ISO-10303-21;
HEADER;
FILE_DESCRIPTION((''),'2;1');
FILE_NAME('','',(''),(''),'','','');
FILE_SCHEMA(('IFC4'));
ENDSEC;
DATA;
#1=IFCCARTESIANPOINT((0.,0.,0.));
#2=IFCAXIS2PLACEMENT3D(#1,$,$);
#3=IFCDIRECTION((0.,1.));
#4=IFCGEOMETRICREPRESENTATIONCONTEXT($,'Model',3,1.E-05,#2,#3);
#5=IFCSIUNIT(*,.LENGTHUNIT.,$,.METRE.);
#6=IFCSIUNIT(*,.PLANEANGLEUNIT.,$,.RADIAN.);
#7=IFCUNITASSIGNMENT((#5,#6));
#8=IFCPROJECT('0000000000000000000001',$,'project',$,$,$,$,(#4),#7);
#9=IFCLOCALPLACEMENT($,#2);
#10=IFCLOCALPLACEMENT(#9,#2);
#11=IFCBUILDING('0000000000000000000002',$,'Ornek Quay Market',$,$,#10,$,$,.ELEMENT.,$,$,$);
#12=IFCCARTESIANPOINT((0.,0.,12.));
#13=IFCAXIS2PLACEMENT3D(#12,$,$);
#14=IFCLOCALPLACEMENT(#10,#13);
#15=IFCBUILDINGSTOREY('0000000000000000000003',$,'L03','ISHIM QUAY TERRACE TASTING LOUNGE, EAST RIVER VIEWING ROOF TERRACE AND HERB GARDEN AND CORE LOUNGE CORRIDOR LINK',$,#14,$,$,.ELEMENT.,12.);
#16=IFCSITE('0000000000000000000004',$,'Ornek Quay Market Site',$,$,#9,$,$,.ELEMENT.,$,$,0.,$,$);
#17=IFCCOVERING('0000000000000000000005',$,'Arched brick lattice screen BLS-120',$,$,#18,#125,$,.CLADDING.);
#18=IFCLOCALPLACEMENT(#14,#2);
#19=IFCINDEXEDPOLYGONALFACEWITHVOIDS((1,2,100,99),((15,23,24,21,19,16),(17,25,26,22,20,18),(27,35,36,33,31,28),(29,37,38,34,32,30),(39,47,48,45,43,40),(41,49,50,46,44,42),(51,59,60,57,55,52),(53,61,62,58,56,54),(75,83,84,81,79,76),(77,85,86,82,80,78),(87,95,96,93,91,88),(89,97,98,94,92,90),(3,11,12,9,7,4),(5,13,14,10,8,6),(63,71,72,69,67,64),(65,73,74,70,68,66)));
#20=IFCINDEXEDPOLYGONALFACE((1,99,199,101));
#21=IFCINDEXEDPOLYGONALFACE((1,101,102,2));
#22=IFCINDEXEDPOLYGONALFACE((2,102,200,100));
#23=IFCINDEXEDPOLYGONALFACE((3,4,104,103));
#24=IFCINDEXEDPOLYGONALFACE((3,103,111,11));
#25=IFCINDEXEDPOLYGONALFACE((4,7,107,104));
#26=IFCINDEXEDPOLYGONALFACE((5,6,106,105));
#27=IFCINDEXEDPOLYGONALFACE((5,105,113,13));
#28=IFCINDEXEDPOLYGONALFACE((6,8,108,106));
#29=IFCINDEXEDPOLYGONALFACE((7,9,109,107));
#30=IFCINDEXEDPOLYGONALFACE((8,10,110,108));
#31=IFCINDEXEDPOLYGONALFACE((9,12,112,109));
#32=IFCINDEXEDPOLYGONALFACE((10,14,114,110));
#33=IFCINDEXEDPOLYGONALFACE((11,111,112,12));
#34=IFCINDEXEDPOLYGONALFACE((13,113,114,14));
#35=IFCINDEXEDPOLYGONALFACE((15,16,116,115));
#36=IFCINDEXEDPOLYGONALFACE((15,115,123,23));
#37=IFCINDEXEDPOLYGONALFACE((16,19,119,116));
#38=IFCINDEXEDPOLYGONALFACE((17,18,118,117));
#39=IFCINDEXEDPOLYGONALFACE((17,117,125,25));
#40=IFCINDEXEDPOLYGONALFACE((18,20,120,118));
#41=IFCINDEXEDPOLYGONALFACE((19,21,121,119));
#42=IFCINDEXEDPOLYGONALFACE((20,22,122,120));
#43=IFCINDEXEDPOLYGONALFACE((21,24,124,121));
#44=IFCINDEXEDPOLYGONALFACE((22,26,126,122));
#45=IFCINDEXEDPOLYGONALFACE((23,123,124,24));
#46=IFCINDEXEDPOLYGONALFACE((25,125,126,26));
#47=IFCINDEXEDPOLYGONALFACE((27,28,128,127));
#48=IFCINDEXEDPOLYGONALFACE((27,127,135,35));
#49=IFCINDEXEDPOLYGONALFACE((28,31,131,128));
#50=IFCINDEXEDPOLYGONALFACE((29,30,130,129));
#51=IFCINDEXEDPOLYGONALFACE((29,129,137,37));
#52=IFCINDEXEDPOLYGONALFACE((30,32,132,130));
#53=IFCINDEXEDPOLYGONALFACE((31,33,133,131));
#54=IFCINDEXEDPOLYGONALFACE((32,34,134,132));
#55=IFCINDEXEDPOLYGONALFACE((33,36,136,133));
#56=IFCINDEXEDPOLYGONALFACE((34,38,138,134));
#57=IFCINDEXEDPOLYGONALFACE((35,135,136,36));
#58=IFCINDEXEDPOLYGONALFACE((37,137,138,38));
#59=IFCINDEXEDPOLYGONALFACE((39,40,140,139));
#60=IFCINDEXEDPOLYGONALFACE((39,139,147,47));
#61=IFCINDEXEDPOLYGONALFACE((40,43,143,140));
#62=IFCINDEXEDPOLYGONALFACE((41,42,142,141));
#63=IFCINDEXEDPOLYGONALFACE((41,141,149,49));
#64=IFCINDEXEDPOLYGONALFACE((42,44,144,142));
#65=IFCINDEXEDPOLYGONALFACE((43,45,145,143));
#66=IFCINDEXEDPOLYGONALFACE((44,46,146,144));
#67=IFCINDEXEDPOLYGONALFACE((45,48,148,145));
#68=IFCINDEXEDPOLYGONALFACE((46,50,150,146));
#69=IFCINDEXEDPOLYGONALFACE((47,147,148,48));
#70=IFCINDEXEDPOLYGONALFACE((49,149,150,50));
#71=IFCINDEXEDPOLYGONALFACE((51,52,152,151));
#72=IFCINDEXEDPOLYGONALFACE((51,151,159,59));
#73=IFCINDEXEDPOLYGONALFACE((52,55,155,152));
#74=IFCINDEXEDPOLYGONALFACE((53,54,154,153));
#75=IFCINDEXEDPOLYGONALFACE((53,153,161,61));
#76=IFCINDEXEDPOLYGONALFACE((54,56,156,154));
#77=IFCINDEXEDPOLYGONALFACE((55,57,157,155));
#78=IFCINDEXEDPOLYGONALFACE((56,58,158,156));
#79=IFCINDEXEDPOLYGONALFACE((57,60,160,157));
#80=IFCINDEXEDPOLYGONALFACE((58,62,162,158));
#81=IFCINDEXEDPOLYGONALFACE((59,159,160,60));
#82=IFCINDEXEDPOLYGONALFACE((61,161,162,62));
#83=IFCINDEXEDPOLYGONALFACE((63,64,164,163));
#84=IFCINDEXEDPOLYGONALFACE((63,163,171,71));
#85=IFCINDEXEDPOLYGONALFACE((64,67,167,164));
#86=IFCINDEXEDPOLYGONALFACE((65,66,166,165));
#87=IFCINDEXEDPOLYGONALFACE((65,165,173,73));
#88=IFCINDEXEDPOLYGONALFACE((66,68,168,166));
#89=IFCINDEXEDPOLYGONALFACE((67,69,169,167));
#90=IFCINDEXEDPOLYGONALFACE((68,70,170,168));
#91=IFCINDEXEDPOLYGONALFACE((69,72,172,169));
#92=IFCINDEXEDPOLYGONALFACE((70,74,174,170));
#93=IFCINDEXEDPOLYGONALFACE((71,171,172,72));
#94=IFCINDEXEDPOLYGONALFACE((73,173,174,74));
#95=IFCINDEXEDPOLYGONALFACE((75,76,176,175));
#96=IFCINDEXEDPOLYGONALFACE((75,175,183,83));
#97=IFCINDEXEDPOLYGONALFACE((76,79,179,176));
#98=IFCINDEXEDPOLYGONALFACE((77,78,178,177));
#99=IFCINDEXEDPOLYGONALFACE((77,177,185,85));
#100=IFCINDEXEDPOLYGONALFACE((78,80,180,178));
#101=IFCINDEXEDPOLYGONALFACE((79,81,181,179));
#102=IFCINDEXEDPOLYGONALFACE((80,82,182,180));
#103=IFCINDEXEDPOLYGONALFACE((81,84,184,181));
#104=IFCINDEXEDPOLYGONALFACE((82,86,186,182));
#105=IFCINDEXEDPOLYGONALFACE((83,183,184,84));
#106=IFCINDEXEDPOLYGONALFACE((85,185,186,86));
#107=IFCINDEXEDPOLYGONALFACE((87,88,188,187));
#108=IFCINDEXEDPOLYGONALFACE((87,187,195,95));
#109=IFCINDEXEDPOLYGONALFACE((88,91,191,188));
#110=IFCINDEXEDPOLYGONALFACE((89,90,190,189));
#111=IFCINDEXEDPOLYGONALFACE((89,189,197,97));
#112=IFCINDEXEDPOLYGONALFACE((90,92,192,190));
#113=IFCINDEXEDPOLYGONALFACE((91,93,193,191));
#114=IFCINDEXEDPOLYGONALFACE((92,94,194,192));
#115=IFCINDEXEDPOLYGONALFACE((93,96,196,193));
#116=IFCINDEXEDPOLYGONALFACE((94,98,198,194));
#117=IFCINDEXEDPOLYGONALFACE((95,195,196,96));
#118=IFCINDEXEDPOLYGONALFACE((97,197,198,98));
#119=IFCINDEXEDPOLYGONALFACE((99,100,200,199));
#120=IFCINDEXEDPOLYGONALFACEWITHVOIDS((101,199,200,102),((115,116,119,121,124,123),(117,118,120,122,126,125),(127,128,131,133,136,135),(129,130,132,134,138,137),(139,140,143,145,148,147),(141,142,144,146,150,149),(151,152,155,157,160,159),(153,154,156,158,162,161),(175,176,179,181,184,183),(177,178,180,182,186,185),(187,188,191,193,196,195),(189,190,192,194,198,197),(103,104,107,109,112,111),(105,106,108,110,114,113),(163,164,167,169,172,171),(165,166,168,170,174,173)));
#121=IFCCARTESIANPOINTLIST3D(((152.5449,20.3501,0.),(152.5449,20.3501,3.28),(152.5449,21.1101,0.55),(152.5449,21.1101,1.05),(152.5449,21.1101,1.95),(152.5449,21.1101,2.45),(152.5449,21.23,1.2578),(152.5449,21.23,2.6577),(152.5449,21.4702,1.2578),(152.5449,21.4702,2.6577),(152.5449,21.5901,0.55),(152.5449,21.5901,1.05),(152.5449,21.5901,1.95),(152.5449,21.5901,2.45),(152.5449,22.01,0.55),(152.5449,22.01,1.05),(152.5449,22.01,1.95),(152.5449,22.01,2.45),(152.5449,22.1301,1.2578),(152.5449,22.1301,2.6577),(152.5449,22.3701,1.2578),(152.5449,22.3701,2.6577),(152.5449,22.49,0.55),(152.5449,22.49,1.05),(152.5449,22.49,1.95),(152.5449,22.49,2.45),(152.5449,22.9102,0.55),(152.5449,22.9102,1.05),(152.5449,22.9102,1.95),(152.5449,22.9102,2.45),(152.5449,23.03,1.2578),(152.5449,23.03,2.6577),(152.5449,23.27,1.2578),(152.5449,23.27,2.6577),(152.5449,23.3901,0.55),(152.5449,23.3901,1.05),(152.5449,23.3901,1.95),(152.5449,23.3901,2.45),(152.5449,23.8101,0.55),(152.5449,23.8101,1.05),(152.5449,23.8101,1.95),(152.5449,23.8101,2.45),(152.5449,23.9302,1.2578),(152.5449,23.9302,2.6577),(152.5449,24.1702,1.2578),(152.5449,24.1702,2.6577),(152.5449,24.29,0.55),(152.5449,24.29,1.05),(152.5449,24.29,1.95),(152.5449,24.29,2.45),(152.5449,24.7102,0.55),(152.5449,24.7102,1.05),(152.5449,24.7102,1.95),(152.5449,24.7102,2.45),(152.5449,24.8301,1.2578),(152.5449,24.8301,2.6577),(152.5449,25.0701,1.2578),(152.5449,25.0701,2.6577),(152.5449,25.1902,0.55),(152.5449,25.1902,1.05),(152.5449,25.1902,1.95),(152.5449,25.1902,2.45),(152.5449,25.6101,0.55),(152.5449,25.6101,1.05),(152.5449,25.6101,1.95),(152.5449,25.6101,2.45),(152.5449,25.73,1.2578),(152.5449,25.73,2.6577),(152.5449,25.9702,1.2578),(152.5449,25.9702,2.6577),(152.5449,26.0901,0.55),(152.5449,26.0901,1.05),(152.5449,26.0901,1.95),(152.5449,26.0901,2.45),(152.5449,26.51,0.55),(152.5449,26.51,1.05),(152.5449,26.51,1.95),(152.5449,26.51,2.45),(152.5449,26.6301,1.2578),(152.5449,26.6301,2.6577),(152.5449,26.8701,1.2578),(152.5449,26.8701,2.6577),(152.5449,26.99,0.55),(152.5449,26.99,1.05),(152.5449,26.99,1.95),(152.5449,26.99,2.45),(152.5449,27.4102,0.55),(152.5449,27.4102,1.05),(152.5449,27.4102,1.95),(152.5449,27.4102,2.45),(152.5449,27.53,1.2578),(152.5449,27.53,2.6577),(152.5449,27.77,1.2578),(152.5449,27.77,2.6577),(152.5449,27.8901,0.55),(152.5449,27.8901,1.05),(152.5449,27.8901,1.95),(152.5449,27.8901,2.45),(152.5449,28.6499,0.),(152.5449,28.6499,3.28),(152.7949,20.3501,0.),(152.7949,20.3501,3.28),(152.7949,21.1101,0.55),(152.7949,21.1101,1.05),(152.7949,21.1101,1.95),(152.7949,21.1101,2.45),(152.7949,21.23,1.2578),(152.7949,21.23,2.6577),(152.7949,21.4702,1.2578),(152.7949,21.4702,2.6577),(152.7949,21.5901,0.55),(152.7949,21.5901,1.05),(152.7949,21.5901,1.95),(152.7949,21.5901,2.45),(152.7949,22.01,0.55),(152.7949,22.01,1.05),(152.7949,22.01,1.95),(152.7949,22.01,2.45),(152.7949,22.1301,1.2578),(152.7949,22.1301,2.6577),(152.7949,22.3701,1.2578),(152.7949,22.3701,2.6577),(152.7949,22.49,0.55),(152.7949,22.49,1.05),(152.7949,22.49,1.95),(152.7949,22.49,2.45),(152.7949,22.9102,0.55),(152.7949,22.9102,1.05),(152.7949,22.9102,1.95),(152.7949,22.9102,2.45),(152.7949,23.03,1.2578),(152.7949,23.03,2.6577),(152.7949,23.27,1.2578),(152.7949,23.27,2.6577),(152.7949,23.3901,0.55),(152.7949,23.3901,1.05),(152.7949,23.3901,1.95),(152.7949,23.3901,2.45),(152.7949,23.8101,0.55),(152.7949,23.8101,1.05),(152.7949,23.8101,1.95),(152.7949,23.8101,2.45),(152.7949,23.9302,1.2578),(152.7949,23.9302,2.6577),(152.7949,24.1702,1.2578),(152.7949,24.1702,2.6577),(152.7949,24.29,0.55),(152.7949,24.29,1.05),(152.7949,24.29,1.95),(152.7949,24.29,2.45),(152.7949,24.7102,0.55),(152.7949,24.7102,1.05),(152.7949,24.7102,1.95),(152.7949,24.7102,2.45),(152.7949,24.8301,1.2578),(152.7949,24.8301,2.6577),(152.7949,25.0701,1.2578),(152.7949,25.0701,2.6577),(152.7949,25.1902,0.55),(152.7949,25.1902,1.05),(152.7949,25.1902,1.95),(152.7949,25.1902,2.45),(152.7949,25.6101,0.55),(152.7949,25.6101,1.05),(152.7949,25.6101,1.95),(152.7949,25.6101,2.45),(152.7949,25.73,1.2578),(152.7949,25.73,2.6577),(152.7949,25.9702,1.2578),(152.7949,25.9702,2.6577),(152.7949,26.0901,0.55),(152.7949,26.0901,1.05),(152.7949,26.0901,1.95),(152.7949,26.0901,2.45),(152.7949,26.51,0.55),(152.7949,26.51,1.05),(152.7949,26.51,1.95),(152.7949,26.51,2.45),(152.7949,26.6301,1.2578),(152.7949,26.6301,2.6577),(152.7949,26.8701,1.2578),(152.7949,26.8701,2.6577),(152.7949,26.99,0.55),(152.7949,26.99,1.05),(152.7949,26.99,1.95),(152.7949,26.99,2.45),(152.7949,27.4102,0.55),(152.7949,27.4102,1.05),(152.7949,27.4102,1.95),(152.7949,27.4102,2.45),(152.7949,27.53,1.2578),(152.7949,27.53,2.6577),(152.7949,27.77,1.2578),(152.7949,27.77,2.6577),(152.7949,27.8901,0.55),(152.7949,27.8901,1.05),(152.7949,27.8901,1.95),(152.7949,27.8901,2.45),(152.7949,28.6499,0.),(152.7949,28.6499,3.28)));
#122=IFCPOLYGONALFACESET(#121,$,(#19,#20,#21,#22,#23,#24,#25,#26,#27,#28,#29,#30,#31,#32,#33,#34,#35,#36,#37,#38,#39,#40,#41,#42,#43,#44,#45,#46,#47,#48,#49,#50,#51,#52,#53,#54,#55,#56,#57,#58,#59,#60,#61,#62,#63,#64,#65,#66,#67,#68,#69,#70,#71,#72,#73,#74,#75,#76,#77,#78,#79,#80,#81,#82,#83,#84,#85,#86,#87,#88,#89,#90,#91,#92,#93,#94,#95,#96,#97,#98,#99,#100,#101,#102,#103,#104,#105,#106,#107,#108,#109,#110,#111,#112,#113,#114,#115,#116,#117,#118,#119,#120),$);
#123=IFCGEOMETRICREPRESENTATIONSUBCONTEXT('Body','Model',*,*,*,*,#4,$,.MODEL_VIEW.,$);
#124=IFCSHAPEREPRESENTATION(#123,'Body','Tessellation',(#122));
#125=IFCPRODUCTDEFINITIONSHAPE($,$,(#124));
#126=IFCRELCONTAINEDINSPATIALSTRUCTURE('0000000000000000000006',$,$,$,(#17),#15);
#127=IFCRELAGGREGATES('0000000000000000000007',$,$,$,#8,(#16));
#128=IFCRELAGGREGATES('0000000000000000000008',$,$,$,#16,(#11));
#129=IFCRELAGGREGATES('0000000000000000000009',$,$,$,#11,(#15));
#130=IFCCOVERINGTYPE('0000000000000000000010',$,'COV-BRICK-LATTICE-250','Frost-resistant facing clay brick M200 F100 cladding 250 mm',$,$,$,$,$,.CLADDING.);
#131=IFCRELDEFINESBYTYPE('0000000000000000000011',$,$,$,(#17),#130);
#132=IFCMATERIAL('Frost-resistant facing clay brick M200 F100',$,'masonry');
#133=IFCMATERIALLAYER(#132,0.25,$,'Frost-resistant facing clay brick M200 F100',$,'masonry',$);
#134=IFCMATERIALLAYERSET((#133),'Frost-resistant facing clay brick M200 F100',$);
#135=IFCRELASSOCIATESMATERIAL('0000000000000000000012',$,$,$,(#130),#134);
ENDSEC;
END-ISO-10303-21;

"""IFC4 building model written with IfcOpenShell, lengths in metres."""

from ifc_helpers import new_model, si_unit, direction, frame, origin, place, context, subcontext, project, spatial, polyline, outline, extrude, material, layer, layer_set, type_object, element, save


model = new_model("IFC4")

# Units and contexts
model_context = context("Model", 3, precision=1e-05, world=origin(), true_north=direction((0.0, 1.0)))
body_context = subcontext(model_context, "Body", "Model", "MODEL_VIEW")
ifc_project = project(units=[si_unit("LENGTHUNIT", "METRE"), si_unit("PLANEANGLEUNIT", "RADIAN")], contexts=[model_context])

# Site, building, storey
site_placement = place(None, origin())
site = spatial("IfcSite", under=ifc_project, at=site_placement, Name="Ornek Quay Market Site", CompositionType="ELEMENT", RefElevation=0.0)
building_placement = place(site_placement, origin())
building = spatial("IfcBuilding", under=site, at=building_placement, Name="Ornek Quay Market", CompositionType="ELEMENT")
storey_placement = place(building_placement, frame((0.0, 0.0, 12.0)))
storey = spatial("IfcBuildingStorey", under=building, at=storey_placement, Name="L03", Description="ISHIM QUAY TERRACE TASTING LOUNGE, EAST RIVER VIEWING ROOF TERRACE AND HERB GARDEN AND CORE LOUNGE CORRIDOR LINK", CompositionType="ELEMENT", Elevation=12.0)

# Shared definitions
ifc_material_1 = material(Name="Frost-resistant facing clay brick M200 F100", Category="masonry")

# Covering
ifc_layer_1 = layer(ifc_material_1, 0.25, Name="Frost-resistant facing clay brick M200 F100", Category="masonry")
ifc_layer_set_1 = layer_set([ifc_layer_1], Name="Frost-resistant facing clay brick M200 F100")
covering_type = type_object("IfcCoveringType", Name="COV-BRICK-LATTICE-250", Description="Frost-resistant facing clay brick M200 F100 cladding 250 mm", PredefinedType="CLADDING", material=ifc_layer_set_1)
covering_1_placement = place(storey_placement, frame((152.6699, 20.3501, 0.0), z_axis=(0.0, 0.0, 1.0), x_axis=(0.0, 1.0, 0.0)))
element("IfcCovering", 1, at=covering_1_placement, inside=storey, type_object=covering_type, Name="Arched brick lattice screen BLS-120", PredefinedType="CLADDING", context=body_context, shape_type="SweptSolid", body=[
    extrude(outline(polyline([(0.0, 0.0), (8.2998, 0.0), (8.2998, 3.28), (0.0, 3.28), (0.0, 0.0)]), holes=[polyline([(0.76, 0.55), (1.24, 0.55), (1.24, 1.05), (1.1201, 1.2578), (0.8799, 1.2578), (0.76, 1.05), (0.76, 0.55)]), polyline([(0.76, 1.95), (1.24, 1.95), (1.24, 2.45), (1.1201, 2.6577), (0.8799, 2.6577), (0.76, 2.45), (0.76, 1.95)]), polyline([(1.6599, 0.55), (2.1399, 0.55), (2.1399, 1.05), (2.02, 1.2578), (1.78, 1.2578), (1.6599, 1.05), (1.6599, 0.55)]), polyline([(1.6599, 1.95), (2.1399, 1.95), (2.1399, 2.45), (2.02, 2.6577), (1.78, 2.6577), (1.6599, 2.45), (1.6599, 1.95)]), polyline([(2.5601, 0.55), (3.04, 0.55), (3.04, 1.05), (2.9199, 1.2578), (2.6799, 1.2578), (2.5601, 1.05), (2.5601, 0.55)]), polyline([(2.5601, 1.95), (3.04, 1.95), (3.04, 2.45), (2.9199, 2.6577), (2.6799, 2.6577), (2.5601, 2.45), (2.5601, 1.95)]), polyline([(3.46, 0.55), (3.9399, 0.55), (3.9399, 1.05), (3.8201, 1.2578), (3.5801, 1.2578), (3.46, 1.05), (3.46, 0.55)]), polyline([(3.46, 1.95), (3.9399, 1.95), (3.9399, 2.45), (3.8201, 2.6577), (3.5801, 2.6577), (3.46, 2.45), (3.46, 1.95)]), polyline([(4.3601, 0.55), (4.8401, 0.55), (4.8401, 1.05), (4.72, 1.2578), (4.48, 1.2578), (4.3601, 1.05), (4.3601, 0.55)]), polyline([(4.3601, 1.95), (4.8401, 1.95), (4.8401, 2.45), (4.72, 2.6577), (4.48, 2.6577), (4.3601, 2.45), (4.3601, 1.95)]), polyline([(5.26, 0.55), (5.74, 0.55), (5.74, 1.05), (5.6201, 1.2578), (5.3799, 1.2578), (5.26, 1.05), (5.26, 0.55)]), polyline([(5.26, 1.95), (5.74, 1.95), (5.74, 2.45), (5.6201, 2.6577), (5.3799, 2.6577), (5.26, 2.45), (5.26, 1.95)]), polyline([(6.1599, 0.55), (6.6399, 0.55), (6.6399, 1.05), (6.52, 1.2578), (6.28, 1.2578), (6.1599, 1.05), (6.1599, 0.55)]), polyline([(6.1599, 1.95), (6.6399, 1.95), (6.6399, 2.45), (6.52, 2.6577), (6.28, 2.6577), (6.1599, 2.45), (6.1599, 1.95)]), polyline([(7.0601, 0.55), (7.54, 0.55), (7.54, 1.05), (7.4199, 1.2578), (7.1799, 1.2578), (7.0601, 1.05), (7.0601, 0.55)]), polyline([(7.0601, 1.95), (7.54, 1.95), (7.54, 2.45), (7.4199, 2.6577), (7.1799, 2.6577), (7.0601, 2.45), (7.0601, 1.95)])]), frame((0.0, 0.125, 0.0), z_axis=(0.0, -1.0, 0.0), x_axis=(1.0, 0.0, 0.0)), (0.0, 0.0, 1.0), 0.25),
])

save(model, "model.ifc")
